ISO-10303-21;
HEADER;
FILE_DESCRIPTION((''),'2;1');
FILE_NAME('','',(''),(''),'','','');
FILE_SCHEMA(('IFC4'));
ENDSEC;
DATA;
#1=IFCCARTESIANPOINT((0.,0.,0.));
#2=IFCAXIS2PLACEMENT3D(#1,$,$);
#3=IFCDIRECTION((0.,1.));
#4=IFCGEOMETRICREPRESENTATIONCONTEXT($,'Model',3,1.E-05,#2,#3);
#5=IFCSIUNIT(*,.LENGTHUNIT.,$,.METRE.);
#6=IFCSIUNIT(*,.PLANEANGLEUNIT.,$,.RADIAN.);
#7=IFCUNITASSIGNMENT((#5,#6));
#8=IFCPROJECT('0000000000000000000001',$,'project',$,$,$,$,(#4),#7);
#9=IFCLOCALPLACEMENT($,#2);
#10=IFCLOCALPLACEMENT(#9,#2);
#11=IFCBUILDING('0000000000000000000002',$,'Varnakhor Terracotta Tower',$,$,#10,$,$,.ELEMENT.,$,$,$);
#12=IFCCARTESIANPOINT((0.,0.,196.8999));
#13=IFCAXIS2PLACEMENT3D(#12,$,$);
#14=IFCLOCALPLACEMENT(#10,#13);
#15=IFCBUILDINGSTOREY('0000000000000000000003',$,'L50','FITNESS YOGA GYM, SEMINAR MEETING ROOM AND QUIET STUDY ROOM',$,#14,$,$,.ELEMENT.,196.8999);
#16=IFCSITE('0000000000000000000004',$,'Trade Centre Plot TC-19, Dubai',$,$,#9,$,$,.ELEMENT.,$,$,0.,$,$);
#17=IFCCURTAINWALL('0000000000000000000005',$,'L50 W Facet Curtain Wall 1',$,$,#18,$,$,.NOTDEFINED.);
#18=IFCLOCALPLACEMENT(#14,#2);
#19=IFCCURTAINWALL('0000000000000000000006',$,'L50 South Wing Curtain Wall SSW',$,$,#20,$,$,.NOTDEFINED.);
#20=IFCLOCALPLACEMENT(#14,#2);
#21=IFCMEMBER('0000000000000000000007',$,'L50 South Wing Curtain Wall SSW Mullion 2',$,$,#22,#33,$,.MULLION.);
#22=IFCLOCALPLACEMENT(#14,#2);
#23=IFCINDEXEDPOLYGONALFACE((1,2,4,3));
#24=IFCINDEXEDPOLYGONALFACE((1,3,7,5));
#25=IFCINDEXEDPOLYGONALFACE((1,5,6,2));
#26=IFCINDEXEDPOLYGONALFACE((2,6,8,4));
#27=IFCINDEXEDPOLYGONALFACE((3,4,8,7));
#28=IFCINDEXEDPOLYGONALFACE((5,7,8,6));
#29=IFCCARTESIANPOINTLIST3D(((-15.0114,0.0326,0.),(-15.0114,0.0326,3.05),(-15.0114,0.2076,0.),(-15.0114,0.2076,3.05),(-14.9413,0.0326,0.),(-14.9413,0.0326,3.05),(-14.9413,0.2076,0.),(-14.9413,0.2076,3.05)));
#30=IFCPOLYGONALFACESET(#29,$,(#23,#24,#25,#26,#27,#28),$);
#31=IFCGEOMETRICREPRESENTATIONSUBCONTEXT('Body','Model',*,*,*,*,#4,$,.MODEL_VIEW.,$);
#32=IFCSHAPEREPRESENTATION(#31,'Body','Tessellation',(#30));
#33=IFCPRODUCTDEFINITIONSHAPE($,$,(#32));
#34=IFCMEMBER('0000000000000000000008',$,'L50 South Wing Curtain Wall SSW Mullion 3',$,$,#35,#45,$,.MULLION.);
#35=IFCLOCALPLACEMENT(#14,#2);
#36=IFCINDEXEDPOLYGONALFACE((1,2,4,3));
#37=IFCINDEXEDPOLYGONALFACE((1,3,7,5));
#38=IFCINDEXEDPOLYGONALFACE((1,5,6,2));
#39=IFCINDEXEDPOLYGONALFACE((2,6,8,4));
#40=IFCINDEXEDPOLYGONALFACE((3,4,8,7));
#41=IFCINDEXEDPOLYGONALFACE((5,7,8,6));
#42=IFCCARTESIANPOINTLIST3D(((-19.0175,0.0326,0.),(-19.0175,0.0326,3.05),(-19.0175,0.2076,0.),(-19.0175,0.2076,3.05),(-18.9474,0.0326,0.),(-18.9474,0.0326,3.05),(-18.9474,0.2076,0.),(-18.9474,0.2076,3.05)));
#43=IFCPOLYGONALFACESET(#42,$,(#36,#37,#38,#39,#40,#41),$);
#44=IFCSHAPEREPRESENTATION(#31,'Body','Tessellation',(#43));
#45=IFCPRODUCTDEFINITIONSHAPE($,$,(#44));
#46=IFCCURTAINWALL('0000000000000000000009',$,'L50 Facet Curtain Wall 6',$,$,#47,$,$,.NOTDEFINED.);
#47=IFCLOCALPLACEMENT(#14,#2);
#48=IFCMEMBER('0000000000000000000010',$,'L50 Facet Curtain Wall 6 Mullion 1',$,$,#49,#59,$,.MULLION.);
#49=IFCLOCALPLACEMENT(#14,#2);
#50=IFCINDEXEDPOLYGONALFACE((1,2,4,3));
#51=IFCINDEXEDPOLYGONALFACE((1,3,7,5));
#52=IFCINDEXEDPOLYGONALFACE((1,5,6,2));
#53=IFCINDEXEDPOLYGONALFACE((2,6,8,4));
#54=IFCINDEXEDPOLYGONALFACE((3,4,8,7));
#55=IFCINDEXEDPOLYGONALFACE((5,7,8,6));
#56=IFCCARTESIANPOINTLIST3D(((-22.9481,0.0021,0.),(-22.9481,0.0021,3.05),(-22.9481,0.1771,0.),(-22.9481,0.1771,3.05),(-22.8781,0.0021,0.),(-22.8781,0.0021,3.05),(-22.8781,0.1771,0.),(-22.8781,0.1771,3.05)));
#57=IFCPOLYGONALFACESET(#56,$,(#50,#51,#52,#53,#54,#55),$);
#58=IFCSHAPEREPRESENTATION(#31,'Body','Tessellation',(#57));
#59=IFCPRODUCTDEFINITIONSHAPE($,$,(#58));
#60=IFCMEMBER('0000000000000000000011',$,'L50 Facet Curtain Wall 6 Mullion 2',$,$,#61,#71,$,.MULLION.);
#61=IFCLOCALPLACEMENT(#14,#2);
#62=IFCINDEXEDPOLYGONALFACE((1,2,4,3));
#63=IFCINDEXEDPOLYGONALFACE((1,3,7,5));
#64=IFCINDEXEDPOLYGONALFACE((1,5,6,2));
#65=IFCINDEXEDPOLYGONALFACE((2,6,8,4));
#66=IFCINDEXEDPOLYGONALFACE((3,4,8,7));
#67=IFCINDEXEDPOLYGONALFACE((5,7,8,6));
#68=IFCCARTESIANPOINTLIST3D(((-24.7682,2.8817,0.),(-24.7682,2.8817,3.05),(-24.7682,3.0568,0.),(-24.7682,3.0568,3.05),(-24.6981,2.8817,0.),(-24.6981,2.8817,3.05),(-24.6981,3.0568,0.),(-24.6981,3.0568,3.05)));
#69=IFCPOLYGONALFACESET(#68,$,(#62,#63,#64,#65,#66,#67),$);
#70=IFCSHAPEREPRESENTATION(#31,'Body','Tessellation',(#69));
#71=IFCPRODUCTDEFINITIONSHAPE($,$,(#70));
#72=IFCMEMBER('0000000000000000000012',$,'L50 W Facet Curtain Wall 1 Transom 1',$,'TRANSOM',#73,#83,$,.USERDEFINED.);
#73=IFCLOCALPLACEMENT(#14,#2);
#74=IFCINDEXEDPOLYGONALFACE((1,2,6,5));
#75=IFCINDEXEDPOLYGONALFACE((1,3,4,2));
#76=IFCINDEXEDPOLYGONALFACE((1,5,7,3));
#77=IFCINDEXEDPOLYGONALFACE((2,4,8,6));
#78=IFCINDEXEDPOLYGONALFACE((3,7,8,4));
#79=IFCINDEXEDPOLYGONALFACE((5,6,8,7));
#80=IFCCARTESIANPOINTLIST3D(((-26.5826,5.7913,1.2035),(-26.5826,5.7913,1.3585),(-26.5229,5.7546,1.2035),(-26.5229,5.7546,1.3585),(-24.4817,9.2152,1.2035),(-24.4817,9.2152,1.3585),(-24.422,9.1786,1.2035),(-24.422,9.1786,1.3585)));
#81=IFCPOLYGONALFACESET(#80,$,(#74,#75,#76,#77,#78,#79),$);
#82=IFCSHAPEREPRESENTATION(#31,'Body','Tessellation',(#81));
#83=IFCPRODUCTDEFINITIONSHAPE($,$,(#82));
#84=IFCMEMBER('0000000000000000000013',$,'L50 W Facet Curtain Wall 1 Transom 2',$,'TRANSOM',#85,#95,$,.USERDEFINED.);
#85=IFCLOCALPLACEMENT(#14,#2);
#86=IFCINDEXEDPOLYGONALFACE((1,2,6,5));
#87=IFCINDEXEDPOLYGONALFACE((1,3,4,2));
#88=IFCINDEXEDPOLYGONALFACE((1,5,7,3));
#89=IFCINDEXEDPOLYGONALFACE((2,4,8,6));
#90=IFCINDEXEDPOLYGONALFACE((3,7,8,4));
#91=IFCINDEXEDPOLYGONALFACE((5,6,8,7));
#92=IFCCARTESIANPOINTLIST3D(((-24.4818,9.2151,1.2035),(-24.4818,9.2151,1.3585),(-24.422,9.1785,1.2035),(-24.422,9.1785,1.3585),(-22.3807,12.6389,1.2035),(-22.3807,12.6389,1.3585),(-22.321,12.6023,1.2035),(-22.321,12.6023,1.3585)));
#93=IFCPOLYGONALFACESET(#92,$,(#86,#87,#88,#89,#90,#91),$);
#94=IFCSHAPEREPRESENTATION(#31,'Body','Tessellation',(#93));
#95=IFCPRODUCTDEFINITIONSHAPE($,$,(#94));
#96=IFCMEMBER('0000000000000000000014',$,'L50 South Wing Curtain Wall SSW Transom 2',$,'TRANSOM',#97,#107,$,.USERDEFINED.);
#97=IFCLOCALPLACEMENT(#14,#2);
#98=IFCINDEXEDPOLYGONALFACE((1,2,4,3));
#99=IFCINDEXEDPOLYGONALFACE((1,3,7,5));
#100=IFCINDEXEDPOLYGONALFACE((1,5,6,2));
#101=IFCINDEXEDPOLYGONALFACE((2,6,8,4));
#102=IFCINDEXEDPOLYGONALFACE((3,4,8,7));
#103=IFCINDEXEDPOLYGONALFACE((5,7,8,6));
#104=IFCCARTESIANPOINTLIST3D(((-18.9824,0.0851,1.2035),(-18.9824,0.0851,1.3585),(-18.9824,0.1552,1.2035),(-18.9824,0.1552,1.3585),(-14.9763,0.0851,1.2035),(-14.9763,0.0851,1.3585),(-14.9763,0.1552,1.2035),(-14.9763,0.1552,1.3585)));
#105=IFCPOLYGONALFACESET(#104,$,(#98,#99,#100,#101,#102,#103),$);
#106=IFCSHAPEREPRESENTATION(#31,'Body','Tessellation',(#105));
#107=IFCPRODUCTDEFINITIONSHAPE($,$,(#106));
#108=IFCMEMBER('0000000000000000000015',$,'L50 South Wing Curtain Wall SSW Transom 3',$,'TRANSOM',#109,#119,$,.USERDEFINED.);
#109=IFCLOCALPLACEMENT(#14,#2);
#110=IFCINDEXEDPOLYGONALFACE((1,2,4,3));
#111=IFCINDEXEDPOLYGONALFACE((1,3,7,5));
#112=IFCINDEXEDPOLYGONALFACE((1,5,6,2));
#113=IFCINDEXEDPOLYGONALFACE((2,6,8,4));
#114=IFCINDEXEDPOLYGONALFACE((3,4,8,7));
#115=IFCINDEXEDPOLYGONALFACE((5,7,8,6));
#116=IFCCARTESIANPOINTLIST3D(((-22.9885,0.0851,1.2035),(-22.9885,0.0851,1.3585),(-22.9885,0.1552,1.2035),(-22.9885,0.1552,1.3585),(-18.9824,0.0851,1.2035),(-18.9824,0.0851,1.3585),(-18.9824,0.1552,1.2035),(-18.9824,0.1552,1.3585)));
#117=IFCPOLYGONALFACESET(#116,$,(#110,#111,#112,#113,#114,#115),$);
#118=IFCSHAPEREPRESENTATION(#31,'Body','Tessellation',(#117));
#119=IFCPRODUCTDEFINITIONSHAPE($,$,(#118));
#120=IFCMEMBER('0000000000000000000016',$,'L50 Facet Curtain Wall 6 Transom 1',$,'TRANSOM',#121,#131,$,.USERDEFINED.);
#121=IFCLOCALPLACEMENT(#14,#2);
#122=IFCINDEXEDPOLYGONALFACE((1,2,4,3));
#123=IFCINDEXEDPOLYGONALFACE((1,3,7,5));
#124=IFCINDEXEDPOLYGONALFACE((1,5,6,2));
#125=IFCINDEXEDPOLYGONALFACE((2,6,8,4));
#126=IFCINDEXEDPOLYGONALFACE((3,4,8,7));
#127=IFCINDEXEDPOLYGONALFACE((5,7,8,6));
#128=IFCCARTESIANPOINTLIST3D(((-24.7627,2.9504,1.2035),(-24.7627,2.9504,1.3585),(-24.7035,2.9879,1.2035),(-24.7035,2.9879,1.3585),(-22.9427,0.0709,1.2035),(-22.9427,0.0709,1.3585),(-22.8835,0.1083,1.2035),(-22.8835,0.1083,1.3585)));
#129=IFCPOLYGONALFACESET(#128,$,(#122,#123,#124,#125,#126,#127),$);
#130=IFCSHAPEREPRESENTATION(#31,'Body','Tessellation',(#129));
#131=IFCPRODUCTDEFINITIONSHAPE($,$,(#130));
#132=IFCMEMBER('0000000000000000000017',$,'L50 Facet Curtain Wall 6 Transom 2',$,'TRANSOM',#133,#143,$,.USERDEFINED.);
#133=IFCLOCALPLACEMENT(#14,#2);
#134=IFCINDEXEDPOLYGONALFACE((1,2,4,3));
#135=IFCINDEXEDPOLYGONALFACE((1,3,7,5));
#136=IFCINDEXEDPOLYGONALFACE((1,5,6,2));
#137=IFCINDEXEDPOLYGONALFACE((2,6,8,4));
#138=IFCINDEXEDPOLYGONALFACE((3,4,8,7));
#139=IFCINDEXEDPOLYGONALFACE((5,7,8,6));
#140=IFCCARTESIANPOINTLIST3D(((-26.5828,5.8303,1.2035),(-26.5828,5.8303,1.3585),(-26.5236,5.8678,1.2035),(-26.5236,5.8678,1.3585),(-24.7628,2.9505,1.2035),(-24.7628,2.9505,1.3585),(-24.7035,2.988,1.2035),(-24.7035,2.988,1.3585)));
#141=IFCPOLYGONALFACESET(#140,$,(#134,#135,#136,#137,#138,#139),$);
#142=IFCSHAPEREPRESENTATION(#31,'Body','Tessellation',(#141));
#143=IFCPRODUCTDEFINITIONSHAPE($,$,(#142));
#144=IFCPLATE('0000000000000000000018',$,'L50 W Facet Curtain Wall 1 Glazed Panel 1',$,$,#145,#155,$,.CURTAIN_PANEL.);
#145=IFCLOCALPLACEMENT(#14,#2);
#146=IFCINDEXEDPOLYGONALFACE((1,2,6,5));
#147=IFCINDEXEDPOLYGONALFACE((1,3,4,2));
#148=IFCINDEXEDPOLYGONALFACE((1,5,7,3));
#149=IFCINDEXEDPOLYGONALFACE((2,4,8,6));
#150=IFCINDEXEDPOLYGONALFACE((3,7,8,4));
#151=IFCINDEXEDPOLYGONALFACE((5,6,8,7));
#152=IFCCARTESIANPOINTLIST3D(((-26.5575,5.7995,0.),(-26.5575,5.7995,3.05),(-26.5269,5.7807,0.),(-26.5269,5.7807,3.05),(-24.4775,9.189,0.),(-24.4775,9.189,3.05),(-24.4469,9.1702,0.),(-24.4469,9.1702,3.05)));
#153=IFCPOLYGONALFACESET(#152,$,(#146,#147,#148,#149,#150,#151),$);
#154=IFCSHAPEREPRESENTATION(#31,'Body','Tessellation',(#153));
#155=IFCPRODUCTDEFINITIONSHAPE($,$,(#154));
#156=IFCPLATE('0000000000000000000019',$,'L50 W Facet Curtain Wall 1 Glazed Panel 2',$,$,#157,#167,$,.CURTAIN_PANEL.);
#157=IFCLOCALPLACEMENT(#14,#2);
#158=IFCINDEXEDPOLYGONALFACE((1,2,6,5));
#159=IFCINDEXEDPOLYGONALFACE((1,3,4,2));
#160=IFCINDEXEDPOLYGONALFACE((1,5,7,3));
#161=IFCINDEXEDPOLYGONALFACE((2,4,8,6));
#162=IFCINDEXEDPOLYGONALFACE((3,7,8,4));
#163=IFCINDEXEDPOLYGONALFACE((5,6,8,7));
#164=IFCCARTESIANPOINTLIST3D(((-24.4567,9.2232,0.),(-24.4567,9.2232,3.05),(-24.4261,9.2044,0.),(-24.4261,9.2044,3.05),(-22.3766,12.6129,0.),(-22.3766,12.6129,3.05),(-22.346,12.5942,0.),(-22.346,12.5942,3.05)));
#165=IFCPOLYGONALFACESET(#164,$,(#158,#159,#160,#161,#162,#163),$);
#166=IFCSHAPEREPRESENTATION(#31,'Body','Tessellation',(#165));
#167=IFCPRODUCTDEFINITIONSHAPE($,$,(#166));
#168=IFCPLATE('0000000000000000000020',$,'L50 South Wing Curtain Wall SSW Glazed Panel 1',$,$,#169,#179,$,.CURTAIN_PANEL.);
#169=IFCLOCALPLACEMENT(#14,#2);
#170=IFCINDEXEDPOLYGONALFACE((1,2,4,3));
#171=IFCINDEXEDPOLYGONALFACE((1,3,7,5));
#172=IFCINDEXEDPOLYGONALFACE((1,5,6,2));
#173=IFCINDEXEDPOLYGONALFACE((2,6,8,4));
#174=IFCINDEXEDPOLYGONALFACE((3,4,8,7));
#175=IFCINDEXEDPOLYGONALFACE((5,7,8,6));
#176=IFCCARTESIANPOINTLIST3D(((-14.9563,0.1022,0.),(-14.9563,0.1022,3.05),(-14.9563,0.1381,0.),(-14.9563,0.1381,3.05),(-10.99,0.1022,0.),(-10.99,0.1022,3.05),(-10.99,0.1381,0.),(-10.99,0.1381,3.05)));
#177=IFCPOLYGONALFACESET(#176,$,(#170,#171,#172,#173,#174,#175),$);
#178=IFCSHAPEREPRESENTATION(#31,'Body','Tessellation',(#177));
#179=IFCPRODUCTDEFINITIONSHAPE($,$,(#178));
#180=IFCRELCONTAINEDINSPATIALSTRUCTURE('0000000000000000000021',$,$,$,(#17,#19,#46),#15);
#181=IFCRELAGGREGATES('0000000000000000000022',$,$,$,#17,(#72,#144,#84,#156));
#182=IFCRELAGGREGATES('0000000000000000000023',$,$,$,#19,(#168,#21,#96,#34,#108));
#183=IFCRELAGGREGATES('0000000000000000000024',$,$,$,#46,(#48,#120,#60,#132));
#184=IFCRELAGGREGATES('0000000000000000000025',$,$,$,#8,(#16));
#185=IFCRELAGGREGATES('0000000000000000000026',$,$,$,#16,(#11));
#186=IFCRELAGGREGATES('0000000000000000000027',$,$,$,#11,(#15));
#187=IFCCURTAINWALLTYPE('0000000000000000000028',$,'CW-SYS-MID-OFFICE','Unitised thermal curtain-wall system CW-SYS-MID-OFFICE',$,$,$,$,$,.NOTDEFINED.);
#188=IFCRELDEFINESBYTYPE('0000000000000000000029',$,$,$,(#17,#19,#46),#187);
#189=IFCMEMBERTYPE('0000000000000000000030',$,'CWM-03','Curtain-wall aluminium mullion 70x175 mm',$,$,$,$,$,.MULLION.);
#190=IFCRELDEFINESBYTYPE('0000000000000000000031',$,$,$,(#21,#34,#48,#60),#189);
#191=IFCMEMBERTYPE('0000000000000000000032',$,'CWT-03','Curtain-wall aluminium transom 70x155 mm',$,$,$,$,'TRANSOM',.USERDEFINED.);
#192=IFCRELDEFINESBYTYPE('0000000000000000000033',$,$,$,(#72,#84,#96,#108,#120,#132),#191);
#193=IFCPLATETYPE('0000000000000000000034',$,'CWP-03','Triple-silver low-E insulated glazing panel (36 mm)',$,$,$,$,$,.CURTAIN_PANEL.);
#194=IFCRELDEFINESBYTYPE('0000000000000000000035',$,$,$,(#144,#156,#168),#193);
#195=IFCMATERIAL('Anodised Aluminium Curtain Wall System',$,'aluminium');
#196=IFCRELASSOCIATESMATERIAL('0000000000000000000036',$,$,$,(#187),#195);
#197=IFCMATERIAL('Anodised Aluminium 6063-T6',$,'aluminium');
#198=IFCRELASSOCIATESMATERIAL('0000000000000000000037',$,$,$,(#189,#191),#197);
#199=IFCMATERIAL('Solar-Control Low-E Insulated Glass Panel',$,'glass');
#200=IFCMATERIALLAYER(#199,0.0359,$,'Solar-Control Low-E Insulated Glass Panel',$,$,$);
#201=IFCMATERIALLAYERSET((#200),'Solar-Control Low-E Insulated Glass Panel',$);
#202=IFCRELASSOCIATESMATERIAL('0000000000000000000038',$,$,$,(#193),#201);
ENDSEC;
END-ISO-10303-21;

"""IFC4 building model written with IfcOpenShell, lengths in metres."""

from ifc_helpers import new_model, si_unit, direction, frame, origin, origin_2d, place, context, subcontext, project, spatial, rectangle, extrude, source, transform, mapped, material, layer, layer_set, material_profile, profile_set, type_object, element, aggregate, save


model = new_model("IFC4")

# Units and contexts
model_context = context("Model", 3, precision=1e-05, world=origin(), true_north=direction((0.0, 1.0)))
body_context = subcontext(model_context, "Body", "Model", "MODEL_VIEW")
ifc_project = project(units=[si_unit("LENGTHUNIT", "METRE"), si_unit("PLANEANGLEUNIT", "RADIAN")], contexts=[model_context])

# Site, building, storey
site_placement = place(None, origin())
site = spatial("IfcSite", under=ifc_project, at=site_placement, Name="Trade Centre Plot TC-19, Dubai", CompositionType="ELEMENT", RefElevation=0.0)
building_placement = place(site_placement, origin())
building = spatial("IfcBuilding", under=site, at=building_placement, Name="Varnakhor Terracotta Tower", CompositionType="ELEMENT")
storey_placement = place(building_placement, frame((0.0, 0.0, 196.8999)))
storey = spatial("IfcBuildingStorey", under=building, at=storey_placement, Name="L50", Description="FITNESS YOGA GYM, SEMINAR MEETING ROOM AND QUIET STUDY ROOM", CompositionType="ELEMENT", Elevation=196.8999)

# Curtain walls, members
ifc_material_1 = material(Name="Anodised Aluminium Curtain Wall System", Category="aluminium")
curtain_wall_type = type_object("IfcCurtainWallType", Name="CW-SYS-MID-OFFICE", Description="Unitised thermal curtain-wall system CW-SYS-MID-OFFICE", PredefinedType="NOTDEFINED", material=ifc_material_1)
curtain_wall_1_placement = place(storey_placement, origin())
curtain_wall_1 = element("IfcCurtainWall", 1, at=curtain_wall_1_placement, inside=storey, type_object=curtain_wall_type, Name="L50 W Facet Curtain Wall 1", PredefinedType="NOTDEFINED")
ifc_material_2 = material(Name="Anodised Aluminium 6063-T6", Category="aluminium")
ifc_material_profile_1 = material_profile(ifc_material_2, rectangle(XDim=0.0701, YDim=0.175, at=origin_2d()), Name="ALU MULLION 70x175")
ifc_profile_set_1 = profile_set([ifc_material_profile_1], Name="Anodised Aluminium 6063-T6")
member_type_1 = type_object("IfcMemberType", Name="CWM-03", Description="Curtain-wall aluminium mullion 70x175 mm", PredefinedType="MULLION", material=ifc_profile_set_1)
shared_shape_1 = source(origin(), body_context, "Body", "SweptSolid", [
    extrude(rectangle(XDim=0.0701, YDim=0.175, at=origin_2d()), origin(), (0.0, 0.0, 1.0), 3.05),
])
curtain_wall_2_placement = place(storey_placement, origin())
curtain_wall_2 = element("IfcCurtainWall", 2, at=curtain_wall_2_placement, inside=storey, type_object=curtain_wall_type, Name="L50 South Wing Curtain Wall SSW", PredefinedType="NOTDEFINED")
member_1_placement = place(storey_placement, frame((-14.9763, 0.1201, 0.0), z_axis=(0.0, 0.0, 1.0), x_axis=(1.0, 0.0, 0.0)))
member_1 = element("IfcMember", 3, at=member_1_placement, type_object=member_type_1, Name="L50 South Wing Curtain Wall SSW Mullion 2", PredefinedType="MULLION", context=body_context, shape_type="MappedRepresentation", body=[
    mapped(shared_shape_1, transform((0.0, 0.0, 0.0), scale=1.0)),
])
member_2_placement = place(storey_placement, frame((-18.9824, 0.1201, 0.0), z_axis=(0.0, 0.0, 1.0), x_axis=(1.0, 0.0, 0.0)))
member_2 = element("IfcMember", 4, at=member_2_placement, type_object=member_type_1, Name="L50 South Wing Curtain Wall SSW Mullion 3", PredefinedType="MULLION", context=body_context, shape_type="MappedRepresentation", body=[
    mapped(shared_shape_1, transform((0.0, 0.0, 0.0), scale=1.0)),
])
curtain_wall_3_placement = place(storey_placement, origin())
curtain_wall_3 = element("IfcCurtainWall", 5, at=curtain_wall_3_placement, inside=storey, type_object=curtain_wall_type, Name="L50 Facet Curtain Wall 6", PredefinedType="NOTDEFINED")
member_3_placement = place(storey_placement, frame((-22.9131, 0.0896, 0.0), z_axis=(0.0, 0.0, 1.0), x_axis=(1.0, 0.0, 0.0)))
member_3 = element("IfcMember", 6, at=member_3_placement, type_object=member_type_1, Name="L50 Facet Curtain Wall 6 Mullion 1", PredefinedType="MULLION", context=body_context, shape_type="MappedRepresentation", body=[
    mapped(shared_shape_1, transform((0.0, 0.0, 0.0), scale=1.0)),
])
member_4_placement = place(storey_placement, frame((-24.7332, 2.9692, 0.0), z_axis=(0.0, 0.0, 1.0), x_axis=(1.0, 0.0, 0.0)))
member_4 = element("IfcMember", 7, at=member_4_placement, type_object=member_type_1, Name="L50 Facet Curtain Wall 6 Mullion 2", PredefinedType="MULLION", context=body_context, shape_type="MappedRepresentation", body=[
    mapped(shared_shape_1, transform((0.0, 0.0, 0.0), scale=1.0)),
])

# Members
ifc_material_profile_2 = material_profile(ifc_material_2, rectangle(XDim=0.0701, YDim=0.155, at=origin_2d()), Name="ALU TRANSOM 70x155")
ifc_profile_set_2 = profile_set([ifc_material_profile_2], Name="Anodised Aluminium 6063-T6")
member_type_2 = type_object("IfcMemberType", Name="CWT-03", Description="Curtain-wall aluminium transom 70x155 mm", ElementType="TRANSOM", PredefinedType="USERDEFINED", material=ifc_profile_set_2)
shared_shape_2 = source(origin(), body_context, "Body", "SweptSolid", [
    extrude(rectangle(XDim=0.0701, YDim=0.155, at=origin_2d()), origin(), (0.0, 0.0, 1.0), 4.0171),
])
member_5_placement = place(storey_placement, frame((-26.5527, 5.7729, 1.281), z_axis=(0.522988, 0.85234, 0.0), x_axis=(-0.85234, 0.522988, 0.0)))
member_5 = element("IfcMember", 8, at=member_5_placement, type_object=member_type_2, Name="L50 W Facet Curtain Wall 1 Transom 1", ObjectType="TRANSOM", PredefinedType="USERDEFINED", context=body_context, shape_type="MappedRepresentation", body=[
    mapped(shared_shape_2, transform((0.0, 0.0, 0.0), scale=1.0)),
])
member_6_placement = place(storey_placement, frame((-24.4519, 9.1968, 1.281), z_axis=(0.523032, 0.852313, 0.0), x_axis=(-0.852313, 0.523032, 0.0)))
member_6 = element("IfcMember", 9, at=member_6_placement, type_object=member_type_2, Name="L50 W Facet Curtain Wall 1 Transom 2", ObjectType="TRANSOM", PredefinedType="USERDEFINED", context=body_context, shape_type="MappedRepresentation", body=[
    mapped(shared_shape_2, transform((0.0, 0.0, 0.0), scale=1.0)),
])
shared_shape_3 = source(origin(), body_context, "Body", "SweptSolid", [
    extrude(rectangle(XDim=0.0701, YDim=0.155, at=origin_2d()), origin(), (0.0, 0.0, 1.0), 4.0061),
])
member_7_placement = place(storey_placement, frame((-14.9763, 0.1201, 1.281), z_axis=(-1.0, 0.0, 0.0), x_axis=(0.0, -1.0, 0.0)))
member_7 = element("IfcMember", 10, at=member_7_placement, type_object=member_type_2, Name="L50 South Wing Curtain Wall SSW Transom 2", ObjectType="TRANSOM", PredefinedType="USERDEFINED", context=body_context, shape_type="MappedRepresentation", body=[
    mapped(shared_shape_3, transform((0.0, 0.0, 0.0), scale=1.0)),
])
member_8_placement = place(storey_placement, frame((-18.9824, 0.1201, 1.281), z_axis=(-1.0, 0.0, 0.0), x_axis=(0.0, -1.0, 0.0)))
member_8 = element("IfcMember", 11, at=member_8_placement, type_object=member_type_2, Name="L50 South Wing Curtain Wall SSW Transom 3", ObjectType="TRANSOM", PredefinedType="USERDEFINED", context=body_context, shape_type="MappedRepresentation", body=[
    mapped(shared_shape_3, transform((0.0, 0.0, 0.0), scale=1.0)),
])
shared_shape_4 = source(origin(), body_context, "Body", "SweptSolid", [
    extrude(rectangle(XDim=0.0701, YDim=0.155, at=origin_2d()), origin(), (0.0, 0.0, 1.0), 3.4065),
])
member_9_placement = place(storey_placement, frame((-22.9131, 0.0896, 1.281), z_axis=(-0.534276, 0.84531, 0.0), x_axis=(-0.84531, -0.534276, 0.0)))
member_9 = element("IfcMember", 12, at=member_9_placement, type_object=member_type_2, Name="L50 Facet Curtain Wall 6 Transom 1", ObjectType="TRANSOM", PredefinedType="USERDEFINED", context=body_context, shape_type="MappedRepresentation", body=[
    mapped(shared_shape_4, transform((0.0, 0.0, 0.0), scale=1.0)),
])
shared_shape_5 = source(origin(), body_context, "Body", "SweptSolid", [
    extrude(rectangle(XDim=0.0701, YDim=0.155, at=origin_2d()), origin(), (0.0, 0.0, 1.0), 3.4067),
])
member_10_placement = place(storey_placement, frame((-24.7332, 2.9692, 1.281), z_axis=(-0.534244, 0.84533, 0.0), x_axis=(-0.84533, -0.534244, 0.0)))
member_10 = element("IfcMember", 13, at=member_10_placement, type_object=member_type_2, Name="L50 Facet Curtain Wall 6 Transom 2", ObjectType="TRANSOM", PredefinedType="USERDEFINED", context=body_context, shape_type="MappedRepresentation", body=[
    mapped(shared_shape_5, transform((0.0, 0.0, 0.0), scale=1.0)),
])

# Plates
ifc_material_3 = material(Name="Solar-Control Low-E Insulated Glass Panel", Category="glass")
ifc_layer_1 = layer(ifc_material_3, 0.0359, Name="Solar-Control Low-E Insulated Glass Panel")
ifc_layer_set_1 = layer_set([ifc_layer_1], Name="Solar-Control Low-E Insulated Glass Panel")
plate_type = type_object("IfcPlateType", Name="CWP-03", Description="Triple-silver low-E insulated glazing panel (36 mm)", PredefinedType="CURTAIN_PANEL", material=ifc_layer_set_1)
shared_shape_6 = source(origin(), body_context, "Body", "SweptSolid", [
    extrude(rectangle(XDim=3.9768, YDim=0.0359, at=origin_2d()), origin(), (0.0, 0.0, 1.0), 3.05),
])
plate_1_placement = place(storey_placement, frame((-25.5022, 7.4849, 0.0), z_axis=(0.0, 0.0, 1.0), x_axis=(0.523019, 0.852321, 0.0)))
plate_1 = element("IfcPlate", 14, at=plate_1_placement, type_object=plate_type, Name="L50 W Facet Curtain Wall 1 Glazed Panel 1", PredefinedType="CURTAIN_PANEL", context=body_context, shape_type="MappedRepresentation", body=[
    mapped(shared_shape_6, transform((0.0, 0.0, 0.0), scale=1.0)),
])
shared_shape_7 = source(origin(), body_context, "Body", "SweptSolid", [
    extrude(rectangle(XDim=3.9771, YDim=0.0359, at=origin_2d()), origin(), (0.0, 0.0, 1.0), 3.05),
])
plate_2_placement = place(storey_placement, frame((-23.4014, 10.9087, 0.0), z_axis=(0.0, 0.0, 1.0), x_axis=(0.523019, 0.852321, 0.0)))
plate_2 = element("IfcPlate", 15, at=plate_2_placement, type_object=plate_type, Name="L50 W Facet Curtain Wall 1 Glazed Panel 2", PredefinedType="CURTAIN_PANEL", context=body_context, shape_type="MappedRepresentation", body=[
    mapped(shared_shape_7, transform((0.0, 0.0, 0.0), scale=1.0)),
])
aggregate(curtain_wall_1, [member_5, plate_1, member_6, plate_2])
shared_shape_8 = source(origin(), body_context, "Body", "SweptSolid", [
    extrude(rectangle(XDim=3.9663, YDim=0.0359, at=origin_2d()), origin(), (0.0, 0.0, 1.0), 3.05),
])
plate_3_placement = place(storey_placement, frame((-12.9731, 0.1201, 0.0), z_axis=(0.0, 0.0, 1.0), x_axis=(-1.0, 0.0, 0.0)))
plate_3 = element("IfcPlate", 16, at=plate_3_placement, type_object=plate_type, Name="L50 South Wing Curtain Wall SSW Glazed Panel 1", PredefinedType="CURTAIN_PANEL", context=body_context, shape_type="MappedRepresentation", body=[
    mapped(shared_shape_8, transform((0.0, 0.0, 0.0), scale=1.0)),
])
aggregate(curtain_wall_2, [plate_3, member_1, member_7, member_2, member_8])
aggregate(curtain_wall_3, [member_3, member_9, member_4, member_10])

save(model, "model.ifc")
